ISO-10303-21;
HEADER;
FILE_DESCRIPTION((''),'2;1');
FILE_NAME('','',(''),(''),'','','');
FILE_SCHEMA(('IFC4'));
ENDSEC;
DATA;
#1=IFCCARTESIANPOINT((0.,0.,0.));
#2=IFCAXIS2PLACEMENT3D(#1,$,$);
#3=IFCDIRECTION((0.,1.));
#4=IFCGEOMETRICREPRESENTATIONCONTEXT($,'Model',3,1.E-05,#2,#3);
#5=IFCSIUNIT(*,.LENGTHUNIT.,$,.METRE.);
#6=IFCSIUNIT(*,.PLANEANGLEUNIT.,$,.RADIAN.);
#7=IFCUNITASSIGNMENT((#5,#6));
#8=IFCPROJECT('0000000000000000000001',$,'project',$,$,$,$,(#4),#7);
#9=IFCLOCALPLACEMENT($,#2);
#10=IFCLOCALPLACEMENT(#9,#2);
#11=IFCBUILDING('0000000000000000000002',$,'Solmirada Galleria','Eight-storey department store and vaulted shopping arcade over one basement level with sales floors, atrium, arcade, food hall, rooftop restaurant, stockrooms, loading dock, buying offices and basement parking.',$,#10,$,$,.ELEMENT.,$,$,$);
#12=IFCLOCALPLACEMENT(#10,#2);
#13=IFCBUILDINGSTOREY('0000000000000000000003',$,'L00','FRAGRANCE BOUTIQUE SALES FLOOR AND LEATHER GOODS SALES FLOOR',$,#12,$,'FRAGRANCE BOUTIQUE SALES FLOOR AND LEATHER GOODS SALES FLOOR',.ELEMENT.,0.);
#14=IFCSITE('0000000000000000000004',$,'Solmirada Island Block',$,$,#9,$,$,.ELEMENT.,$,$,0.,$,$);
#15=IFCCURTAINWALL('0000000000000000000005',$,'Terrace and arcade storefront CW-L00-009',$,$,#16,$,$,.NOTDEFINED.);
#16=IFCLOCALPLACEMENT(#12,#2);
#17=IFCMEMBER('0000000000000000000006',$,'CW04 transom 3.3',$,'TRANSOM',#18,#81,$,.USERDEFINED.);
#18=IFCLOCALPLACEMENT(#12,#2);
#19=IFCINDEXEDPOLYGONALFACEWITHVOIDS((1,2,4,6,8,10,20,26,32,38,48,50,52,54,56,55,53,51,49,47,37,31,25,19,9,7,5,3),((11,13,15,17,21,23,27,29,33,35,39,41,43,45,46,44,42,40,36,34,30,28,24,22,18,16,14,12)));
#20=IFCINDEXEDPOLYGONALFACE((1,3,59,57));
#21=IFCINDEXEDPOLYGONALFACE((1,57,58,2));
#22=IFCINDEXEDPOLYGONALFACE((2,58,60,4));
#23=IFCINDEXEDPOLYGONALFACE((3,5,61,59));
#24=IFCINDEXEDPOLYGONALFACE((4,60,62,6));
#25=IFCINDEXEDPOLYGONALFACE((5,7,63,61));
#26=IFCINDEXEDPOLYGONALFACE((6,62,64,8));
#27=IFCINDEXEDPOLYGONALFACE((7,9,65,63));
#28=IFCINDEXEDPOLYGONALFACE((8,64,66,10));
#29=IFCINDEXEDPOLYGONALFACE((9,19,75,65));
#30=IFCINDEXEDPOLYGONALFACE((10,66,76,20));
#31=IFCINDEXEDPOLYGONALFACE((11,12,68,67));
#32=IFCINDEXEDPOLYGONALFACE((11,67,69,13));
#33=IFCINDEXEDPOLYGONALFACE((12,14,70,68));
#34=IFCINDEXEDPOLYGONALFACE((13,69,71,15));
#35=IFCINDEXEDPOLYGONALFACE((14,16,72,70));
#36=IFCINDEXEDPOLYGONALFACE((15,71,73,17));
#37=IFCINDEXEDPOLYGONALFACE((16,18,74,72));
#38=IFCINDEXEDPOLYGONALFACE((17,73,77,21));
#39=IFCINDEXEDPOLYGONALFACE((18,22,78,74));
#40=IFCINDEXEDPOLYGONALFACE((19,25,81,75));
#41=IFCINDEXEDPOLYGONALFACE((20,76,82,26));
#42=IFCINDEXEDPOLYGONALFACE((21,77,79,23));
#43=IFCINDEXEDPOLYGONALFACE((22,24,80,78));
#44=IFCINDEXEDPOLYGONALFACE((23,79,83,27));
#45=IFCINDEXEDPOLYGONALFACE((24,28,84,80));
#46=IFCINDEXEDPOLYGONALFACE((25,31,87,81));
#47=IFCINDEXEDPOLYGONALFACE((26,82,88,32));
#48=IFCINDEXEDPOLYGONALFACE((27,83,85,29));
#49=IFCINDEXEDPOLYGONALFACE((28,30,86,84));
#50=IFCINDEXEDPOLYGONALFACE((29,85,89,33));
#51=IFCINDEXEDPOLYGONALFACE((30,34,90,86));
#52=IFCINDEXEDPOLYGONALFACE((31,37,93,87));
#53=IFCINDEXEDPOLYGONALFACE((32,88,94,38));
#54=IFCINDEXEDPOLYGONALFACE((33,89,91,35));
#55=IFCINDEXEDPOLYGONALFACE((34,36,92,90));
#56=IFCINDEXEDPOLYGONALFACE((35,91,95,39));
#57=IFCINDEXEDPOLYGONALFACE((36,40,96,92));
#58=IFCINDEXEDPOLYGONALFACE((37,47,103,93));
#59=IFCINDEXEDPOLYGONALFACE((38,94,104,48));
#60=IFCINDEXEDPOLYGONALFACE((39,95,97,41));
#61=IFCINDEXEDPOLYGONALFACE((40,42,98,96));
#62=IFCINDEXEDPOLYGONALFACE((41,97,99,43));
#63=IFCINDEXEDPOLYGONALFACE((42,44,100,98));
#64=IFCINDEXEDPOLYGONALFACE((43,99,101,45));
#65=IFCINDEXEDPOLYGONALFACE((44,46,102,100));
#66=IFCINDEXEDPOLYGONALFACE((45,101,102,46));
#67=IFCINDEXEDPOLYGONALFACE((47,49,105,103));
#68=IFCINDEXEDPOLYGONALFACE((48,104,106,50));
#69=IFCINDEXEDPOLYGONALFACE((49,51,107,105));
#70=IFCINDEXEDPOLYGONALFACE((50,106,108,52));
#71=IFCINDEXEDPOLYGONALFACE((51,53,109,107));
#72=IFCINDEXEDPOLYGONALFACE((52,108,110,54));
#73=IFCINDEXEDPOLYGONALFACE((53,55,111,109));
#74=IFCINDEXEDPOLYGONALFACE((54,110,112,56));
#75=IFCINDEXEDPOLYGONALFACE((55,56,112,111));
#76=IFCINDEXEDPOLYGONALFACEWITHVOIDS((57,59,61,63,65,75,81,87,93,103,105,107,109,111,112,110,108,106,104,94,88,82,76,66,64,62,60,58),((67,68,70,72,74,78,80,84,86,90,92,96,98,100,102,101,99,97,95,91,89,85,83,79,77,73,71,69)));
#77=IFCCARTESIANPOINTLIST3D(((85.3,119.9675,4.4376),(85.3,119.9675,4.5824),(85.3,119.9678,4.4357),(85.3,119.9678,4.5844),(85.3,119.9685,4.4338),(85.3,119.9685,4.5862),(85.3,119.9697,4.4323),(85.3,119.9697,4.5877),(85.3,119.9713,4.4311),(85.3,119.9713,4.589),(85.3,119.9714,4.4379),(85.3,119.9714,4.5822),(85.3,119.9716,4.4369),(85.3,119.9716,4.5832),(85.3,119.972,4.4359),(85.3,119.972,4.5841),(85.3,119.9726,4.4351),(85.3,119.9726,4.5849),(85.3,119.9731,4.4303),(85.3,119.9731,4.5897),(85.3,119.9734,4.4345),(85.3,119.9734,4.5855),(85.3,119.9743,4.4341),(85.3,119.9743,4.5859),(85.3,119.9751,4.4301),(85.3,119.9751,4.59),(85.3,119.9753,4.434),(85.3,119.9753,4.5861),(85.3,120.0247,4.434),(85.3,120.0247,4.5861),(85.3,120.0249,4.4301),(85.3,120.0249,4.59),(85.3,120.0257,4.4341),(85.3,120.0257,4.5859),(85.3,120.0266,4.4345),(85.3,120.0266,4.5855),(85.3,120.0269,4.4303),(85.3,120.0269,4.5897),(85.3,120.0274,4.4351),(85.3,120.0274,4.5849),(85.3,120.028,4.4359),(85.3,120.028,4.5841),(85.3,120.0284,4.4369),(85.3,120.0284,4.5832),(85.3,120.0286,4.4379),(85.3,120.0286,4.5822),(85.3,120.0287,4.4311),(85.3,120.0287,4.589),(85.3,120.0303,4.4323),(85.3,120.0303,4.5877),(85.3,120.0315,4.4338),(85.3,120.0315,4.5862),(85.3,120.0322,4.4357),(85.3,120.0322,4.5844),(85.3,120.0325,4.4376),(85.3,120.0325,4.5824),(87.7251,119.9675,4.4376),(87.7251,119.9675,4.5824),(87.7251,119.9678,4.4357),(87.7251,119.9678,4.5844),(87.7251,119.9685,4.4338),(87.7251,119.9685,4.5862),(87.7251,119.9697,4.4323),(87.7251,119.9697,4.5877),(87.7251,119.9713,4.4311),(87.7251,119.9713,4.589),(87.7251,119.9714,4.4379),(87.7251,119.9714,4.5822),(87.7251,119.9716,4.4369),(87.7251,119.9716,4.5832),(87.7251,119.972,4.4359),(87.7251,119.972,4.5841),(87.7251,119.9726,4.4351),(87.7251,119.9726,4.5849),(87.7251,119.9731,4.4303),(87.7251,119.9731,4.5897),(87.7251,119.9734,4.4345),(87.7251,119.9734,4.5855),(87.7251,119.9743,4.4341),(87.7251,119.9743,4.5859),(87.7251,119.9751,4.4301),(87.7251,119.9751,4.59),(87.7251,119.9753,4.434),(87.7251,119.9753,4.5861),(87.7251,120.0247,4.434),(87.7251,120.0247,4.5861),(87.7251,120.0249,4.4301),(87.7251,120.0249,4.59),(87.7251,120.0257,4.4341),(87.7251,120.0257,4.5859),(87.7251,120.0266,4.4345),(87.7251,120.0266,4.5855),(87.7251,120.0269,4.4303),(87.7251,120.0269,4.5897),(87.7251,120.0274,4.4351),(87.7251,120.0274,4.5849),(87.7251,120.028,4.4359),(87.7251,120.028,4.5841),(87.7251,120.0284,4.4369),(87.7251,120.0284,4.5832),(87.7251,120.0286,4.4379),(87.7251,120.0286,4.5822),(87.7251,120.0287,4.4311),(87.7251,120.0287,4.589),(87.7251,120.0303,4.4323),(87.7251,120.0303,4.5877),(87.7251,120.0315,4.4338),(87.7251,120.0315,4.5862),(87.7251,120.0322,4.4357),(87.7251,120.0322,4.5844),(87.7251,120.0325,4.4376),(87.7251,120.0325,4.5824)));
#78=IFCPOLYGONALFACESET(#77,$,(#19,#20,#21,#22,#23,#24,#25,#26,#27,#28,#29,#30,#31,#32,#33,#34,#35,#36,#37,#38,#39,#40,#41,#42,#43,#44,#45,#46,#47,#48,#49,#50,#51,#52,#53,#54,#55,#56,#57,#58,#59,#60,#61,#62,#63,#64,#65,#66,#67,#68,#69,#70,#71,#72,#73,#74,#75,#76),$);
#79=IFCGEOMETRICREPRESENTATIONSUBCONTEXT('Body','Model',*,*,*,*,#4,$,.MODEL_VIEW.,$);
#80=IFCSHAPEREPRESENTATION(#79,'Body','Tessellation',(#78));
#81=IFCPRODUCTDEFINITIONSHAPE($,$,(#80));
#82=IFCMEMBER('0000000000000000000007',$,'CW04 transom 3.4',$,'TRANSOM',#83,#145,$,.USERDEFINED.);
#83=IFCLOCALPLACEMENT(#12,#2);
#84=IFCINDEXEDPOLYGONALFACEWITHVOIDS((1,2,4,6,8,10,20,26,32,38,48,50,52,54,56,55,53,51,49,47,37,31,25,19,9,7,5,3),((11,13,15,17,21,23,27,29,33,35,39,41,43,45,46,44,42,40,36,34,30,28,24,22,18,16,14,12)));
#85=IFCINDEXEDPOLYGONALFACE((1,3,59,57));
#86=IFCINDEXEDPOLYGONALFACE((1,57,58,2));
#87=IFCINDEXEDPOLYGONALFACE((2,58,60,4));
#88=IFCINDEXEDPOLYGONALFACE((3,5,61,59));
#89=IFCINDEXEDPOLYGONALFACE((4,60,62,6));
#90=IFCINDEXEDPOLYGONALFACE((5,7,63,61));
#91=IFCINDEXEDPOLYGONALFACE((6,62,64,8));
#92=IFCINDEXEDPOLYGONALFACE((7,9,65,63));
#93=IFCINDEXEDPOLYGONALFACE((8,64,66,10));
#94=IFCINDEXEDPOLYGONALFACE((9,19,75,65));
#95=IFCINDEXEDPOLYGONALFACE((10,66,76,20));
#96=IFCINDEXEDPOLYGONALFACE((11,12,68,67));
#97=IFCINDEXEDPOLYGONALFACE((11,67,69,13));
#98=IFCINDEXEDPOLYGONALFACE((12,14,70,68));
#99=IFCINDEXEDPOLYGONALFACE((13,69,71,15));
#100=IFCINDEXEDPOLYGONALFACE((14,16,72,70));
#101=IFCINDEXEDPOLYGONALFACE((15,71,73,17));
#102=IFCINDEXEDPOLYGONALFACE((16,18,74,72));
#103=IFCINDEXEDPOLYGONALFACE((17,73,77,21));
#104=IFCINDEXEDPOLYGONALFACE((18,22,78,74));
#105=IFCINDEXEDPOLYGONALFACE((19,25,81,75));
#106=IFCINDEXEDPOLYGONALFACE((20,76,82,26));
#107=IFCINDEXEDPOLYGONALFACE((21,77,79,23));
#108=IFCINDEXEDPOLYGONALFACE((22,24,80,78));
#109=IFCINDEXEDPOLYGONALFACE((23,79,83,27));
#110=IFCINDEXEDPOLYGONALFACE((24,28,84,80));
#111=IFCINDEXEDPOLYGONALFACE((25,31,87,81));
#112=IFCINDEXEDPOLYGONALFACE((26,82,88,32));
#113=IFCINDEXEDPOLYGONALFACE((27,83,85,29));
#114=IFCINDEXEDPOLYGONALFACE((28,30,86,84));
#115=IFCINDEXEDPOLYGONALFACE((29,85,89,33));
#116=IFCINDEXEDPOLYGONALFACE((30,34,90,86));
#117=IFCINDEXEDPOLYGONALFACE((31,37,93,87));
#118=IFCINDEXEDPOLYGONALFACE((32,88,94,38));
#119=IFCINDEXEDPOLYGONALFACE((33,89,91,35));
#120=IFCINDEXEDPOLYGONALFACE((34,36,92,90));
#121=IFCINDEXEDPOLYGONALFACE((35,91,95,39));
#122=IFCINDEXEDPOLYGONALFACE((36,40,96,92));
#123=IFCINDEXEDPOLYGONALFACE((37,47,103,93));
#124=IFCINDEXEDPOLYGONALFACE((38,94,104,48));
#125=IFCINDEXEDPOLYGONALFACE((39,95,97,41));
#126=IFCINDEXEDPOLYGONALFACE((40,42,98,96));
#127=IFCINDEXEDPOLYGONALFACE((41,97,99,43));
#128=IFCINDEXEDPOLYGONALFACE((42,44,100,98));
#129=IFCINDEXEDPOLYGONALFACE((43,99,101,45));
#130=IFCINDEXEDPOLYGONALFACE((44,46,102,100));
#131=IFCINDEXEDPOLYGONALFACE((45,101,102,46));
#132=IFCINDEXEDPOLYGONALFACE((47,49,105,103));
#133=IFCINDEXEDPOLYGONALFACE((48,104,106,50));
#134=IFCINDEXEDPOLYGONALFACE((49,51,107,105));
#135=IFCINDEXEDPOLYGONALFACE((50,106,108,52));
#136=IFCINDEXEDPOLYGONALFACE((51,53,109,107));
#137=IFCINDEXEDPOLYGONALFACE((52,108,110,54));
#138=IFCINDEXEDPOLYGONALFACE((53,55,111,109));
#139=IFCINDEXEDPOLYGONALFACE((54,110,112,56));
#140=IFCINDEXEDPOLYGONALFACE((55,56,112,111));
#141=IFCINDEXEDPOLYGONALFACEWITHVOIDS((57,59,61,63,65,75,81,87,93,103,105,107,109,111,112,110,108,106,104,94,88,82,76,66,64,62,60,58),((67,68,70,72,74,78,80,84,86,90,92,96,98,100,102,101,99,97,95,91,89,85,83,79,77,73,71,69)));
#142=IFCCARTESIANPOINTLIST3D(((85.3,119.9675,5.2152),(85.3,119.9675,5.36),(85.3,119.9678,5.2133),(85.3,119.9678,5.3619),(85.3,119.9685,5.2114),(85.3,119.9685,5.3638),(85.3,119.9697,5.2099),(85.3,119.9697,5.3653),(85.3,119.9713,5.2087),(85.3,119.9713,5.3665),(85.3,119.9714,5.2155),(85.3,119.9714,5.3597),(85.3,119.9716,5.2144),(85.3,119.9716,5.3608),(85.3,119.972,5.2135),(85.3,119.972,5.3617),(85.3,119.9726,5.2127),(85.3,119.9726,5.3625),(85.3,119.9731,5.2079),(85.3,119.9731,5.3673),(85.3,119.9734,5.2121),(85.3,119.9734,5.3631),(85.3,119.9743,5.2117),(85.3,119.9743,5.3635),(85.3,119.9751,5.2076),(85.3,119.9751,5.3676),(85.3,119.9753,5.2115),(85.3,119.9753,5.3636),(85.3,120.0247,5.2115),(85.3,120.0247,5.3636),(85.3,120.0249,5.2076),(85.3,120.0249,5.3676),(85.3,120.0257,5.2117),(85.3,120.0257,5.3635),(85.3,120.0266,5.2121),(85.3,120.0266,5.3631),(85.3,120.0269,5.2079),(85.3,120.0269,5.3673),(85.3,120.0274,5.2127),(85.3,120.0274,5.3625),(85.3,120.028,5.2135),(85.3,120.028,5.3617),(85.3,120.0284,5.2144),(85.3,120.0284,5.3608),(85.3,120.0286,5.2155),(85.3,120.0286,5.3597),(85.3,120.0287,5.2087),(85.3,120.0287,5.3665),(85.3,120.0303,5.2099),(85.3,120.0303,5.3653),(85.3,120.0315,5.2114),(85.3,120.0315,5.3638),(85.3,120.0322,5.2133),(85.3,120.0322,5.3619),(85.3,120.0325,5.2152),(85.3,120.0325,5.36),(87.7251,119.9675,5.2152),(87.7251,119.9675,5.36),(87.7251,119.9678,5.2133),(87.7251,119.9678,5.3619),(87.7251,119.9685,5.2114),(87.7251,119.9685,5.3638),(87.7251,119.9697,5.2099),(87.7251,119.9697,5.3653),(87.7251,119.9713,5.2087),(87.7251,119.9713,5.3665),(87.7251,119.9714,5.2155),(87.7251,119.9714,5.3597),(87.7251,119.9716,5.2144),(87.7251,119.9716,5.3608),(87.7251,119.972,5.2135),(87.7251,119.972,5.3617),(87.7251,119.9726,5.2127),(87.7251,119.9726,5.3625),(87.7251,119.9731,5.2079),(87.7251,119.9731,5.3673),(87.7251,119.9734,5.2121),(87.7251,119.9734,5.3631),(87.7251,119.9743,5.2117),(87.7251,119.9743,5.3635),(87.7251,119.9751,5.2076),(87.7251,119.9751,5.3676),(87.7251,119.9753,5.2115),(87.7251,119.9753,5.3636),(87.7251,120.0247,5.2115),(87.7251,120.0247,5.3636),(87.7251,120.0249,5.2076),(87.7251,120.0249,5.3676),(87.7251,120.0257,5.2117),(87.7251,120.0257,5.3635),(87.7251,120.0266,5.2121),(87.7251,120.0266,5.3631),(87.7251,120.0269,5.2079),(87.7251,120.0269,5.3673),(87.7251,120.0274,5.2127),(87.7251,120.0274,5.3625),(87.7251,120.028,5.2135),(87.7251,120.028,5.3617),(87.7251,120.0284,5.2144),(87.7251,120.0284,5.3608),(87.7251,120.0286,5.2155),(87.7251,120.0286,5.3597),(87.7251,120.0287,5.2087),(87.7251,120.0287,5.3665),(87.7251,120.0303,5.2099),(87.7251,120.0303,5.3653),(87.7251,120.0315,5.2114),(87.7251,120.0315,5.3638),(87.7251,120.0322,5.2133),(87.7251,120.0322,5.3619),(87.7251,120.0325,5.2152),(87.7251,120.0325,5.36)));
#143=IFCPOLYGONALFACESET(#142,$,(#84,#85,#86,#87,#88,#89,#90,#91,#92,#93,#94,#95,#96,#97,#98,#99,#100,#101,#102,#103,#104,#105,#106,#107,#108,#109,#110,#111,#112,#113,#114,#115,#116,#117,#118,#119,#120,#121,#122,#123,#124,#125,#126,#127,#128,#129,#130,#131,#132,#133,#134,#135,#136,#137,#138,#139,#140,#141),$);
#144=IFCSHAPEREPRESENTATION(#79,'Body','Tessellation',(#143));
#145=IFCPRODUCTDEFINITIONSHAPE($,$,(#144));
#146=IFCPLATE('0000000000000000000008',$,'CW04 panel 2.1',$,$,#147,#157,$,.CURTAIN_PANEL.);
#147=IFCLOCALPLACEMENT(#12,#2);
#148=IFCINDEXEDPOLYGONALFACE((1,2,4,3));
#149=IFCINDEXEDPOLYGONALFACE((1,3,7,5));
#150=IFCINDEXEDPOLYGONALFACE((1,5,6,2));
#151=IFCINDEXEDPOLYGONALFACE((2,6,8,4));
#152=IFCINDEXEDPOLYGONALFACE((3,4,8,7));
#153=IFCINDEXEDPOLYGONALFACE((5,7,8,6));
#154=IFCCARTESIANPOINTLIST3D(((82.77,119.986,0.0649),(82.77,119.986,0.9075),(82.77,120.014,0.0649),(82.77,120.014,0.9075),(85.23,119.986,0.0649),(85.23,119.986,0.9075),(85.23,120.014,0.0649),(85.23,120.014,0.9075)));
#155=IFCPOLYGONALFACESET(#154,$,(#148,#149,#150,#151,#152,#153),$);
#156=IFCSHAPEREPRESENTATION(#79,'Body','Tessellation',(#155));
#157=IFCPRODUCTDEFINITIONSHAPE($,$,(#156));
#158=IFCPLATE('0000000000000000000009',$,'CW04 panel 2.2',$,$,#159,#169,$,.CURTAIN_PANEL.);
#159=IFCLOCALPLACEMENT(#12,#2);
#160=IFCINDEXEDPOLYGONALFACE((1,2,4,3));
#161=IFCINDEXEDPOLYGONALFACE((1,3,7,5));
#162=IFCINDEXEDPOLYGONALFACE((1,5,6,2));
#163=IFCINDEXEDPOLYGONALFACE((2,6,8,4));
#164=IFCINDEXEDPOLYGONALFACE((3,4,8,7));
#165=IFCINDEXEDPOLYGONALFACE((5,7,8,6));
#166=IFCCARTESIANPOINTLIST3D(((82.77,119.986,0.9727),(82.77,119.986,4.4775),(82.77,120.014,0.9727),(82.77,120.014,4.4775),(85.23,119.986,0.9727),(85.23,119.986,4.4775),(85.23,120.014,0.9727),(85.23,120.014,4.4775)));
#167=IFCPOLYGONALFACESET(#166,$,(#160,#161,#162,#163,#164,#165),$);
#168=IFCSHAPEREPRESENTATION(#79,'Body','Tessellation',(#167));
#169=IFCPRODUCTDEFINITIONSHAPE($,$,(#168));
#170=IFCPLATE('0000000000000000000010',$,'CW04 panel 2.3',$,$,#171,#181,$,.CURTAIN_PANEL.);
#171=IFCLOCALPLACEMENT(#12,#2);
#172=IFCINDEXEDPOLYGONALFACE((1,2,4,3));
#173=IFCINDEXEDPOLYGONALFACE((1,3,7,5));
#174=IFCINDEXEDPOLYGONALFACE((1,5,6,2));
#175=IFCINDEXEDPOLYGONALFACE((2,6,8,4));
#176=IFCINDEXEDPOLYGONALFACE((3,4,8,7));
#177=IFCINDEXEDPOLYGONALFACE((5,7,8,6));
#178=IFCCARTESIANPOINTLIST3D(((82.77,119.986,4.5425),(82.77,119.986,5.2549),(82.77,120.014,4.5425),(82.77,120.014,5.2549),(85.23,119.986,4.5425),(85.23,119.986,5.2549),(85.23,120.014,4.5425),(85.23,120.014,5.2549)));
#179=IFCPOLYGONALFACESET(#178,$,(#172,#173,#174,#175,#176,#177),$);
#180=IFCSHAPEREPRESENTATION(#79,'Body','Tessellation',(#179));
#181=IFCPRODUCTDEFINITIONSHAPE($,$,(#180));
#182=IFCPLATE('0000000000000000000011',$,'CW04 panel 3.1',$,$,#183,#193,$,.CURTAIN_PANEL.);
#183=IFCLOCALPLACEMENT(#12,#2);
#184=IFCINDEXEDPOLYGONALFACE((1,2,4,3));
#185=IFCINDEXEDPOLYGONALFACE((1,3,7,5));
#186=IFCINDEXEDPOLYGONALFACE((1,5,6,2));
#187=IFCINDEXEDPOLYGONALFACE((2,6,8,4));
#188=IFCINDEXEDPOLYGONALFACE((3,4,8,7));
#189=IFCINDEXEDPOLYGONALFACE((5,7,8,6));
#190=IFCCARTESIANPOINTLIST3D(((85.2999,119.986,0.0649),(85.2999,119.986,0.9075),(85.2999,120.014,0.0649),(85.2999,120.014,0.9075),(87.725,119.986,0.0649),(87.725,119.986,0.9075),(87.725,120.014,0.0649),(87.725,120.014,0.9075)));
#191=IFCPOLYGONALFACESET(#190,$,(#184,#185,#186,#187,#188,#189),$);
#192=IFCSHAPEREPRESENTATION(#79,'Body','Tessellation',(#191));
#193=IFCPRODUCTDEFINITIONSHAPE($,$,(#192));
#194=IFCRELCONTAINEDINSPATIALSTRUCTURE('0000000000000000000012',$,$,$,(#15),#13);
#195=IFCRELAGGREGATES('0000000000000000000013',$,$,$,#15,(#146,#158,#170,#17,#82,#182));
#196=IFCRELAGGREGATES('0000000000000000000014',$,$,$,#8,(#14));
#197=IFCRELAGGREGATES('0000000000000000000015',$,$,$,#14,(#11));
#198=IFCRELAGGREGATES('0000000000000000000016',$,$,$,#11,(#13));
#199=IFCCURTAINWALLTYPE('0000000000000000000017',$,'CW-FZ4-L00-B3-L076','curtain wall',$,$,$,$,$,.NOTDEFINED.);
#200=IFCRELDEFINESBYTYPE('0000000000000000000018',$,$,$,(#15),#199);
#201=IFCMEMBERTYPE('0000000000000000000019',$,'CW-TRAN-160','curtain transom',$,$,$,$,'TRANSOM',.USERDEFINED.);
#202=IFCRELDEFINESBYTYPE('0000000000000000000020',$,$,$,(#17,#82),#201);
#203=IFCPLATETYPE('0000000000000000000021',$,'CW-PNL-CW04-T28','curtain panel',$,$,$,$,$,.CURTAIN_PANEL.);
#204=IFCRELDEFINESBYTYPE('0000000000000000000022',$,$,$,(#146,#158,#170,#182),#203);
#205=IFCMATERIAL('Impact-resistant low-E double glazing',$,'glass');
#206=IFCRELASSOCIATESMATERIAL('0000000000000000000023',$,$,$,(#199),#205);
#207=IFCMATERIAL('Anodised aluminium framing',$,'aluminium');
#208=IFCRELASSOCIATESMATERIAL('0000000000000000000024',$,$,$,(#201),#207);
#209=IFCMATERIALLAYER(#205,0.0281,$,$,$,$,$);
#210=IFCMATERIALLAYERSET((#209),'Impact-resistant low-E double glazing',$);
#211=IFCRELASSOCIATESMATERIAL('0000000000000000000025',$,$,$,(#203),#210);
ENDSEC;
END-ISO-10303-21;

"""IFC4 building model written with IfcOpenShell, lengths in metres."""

from ifc_helpers import new_model, si_unit, direction, frame, origin, origin_2d, place, context, subcontext, project, spatial, rectangle, hollow_rectangle, extrude, material, layer, layer_set, material_profile, profile_set, type_object, element, aggregate, save


model = new_model("IFC4")

# Units and contexts
model_context = context("Model", 3, precision=1e-05, world=origin(), true_north=direction((0.0, 1.0)))
body_context = subcontext(model_context, "Body", "Model", "MODEL_VIEW")
ifc_project = project(units=[si_unit("LENGTHUNIT", "METRE"), si_unit("PLANEANGLEUNIT", "RADIAN")], contexts=[model_context])

# Site, building, storey
site_placement = place(None, origin())
site = spatial("IfcSite", under=ifc_project, at=site_placement, Name="Solmirada Island Block", CompositionType="ELEMENT", RefElevation=0.0)
building_placement = place(site_placement, origin())
building = spatial("IfcBuilding", under=site, at=building_placement, Name="Solmirada Galleria", Description="Eight-storey department store and vaulted shopping arcade over one basement level with sales floors, atrium, arcade, food hall, rooftop restaurant, stockrooms, loading dock, buying offices and basement parking.", CompositionType="ELEMENT")
storey_placement = place(building_placement, origin())
storey = spatial("IfcBuildingStorey", under=building, at=storey_placement, Name="L00", Description="FRAGRANCE BOUTIQUE SALES FLOOR AND LEATHER GOODS SALES FLOOR", LongName="FRAGRANCE BOUTIQUE SALES FLOOR AND LEATHER GOODS SALES FLOOR", CompositionType="ELEMENT", Elevation=0.0)

# Curtain wall, members, plates
ifc_material_1 = material(Name="Impact-resistant low-E double glazing", Category="glass")
curtain_wall_type = type_object("IfcCurtainWallType", Name="CW-FZ4-L00-B3-L076", Description="curtain wall", PredefinedType="NOTDEFINED", material=ifc_material_1)
curtain_wall_placement = place(storey_placement, origin())
curtain_wall = element("IfcCurtainWall", 1, at=curtain_wall_placement, inside=storey, type_object=curtain_wall_type, Name="Terrace and arcade storefront CW-L00-009", PredefinedType="NOTDEFINED")
ifc_material_2 = material(Name="Anodised aluminium framing", Category="aluminium")
ifc_material_profile_1 = material_profile(ifc_material_2, hollow_rectangle(XDim=0.0649, YDim=0.1599, WallThickness=0.0039, InnerFilletRadius=0.0039, OuterFilletRadius=0.0076, at=origin_2d()), Name="ALU-TRAN-160X65")
ifc_profile_set_1 = profile_set([ifc_material_profile_1], Name="Anodised aluminium framing")
member_type_1 = type_object("IfcMemberType", Name="CW-TRAN-160", Description="curtain transom", ElementType="TRANSOM", PredefinedType="USERDEFINED", material=ifc_profile_set_1)
member_1_placement = place(storey_placement, frame((85.3, 120.0, 4.51), z_axis=(1.0, 0.0, 0.0), x_axis=(0.0, 1.0, 0.0)))
member_1 = element("IfcMember", 2, at=member_1_placement, type_object=member_type_1, Name="CW04 transom 3.3", ObjectType="TRANSOM", PredefinedType="USERDEFINED", context=body_context, shape_type="SweptSolid", body=[
    extrude(hollow_rectangle(XDim=0.0649, YDim=0.1599, WallThickness=0.0039, InnerFilletRadius=0.0039, OuterFilletRadius=0.0076, at=origin_2d()), origin(), (0.0, 0.0, 1.0), 2.425),
])
member_2_placement = place(storey_placement, frame((85.3, 120.0, 5.2876), z_axis=(1.0, 0.0, 0.0), x_axis=(0.0, 1.0, 0.0)))
member_2 = element("IfcMember", 3, at=member_2_placement, type_object=member_type_1, Name="CW04 transom 3.4", ObjectType="TRANSOM", PredefinedType="USERDEFINED", context=body_context, shape_type="SweptSolid", body=[
    extrude(hollow_rectangle(XDim=0.0649, YDim=0.1599, WallThickness=0.0039, InnerFilletRadius=0.0039, OuterFilletRadius=0.0076, at=origin_2d()), origin(), (0.0, 0.0, 1.0), 2.425),
])
ifc_layer_1 = layer(ifc_material_1, 0.0281)
ifc_layer_set_1 = layer_set([ifc_layer_1], Name="Impact-resistant low-E double glazing")
plate_type = type_object("IfcPlateType", Name="CW-PNL-CW04-T28", Description="curtain panel", PredefinedType="CURTAIN_PANEL", material=ifc_layer_set_1)
plate_1_placement = place(storey_placement, frame((84.0, 120.0, 0.0649), z_axis=(0.0, 0.0, 1.0), x_axis=(1.0, 0.0, 0.0)))
plate_1 = element("IfcPlate", 4, at=plate_1_placement, type_object=plate_type, Name="CW04 panel 2.1", PredefinedType="CURTAIN_PANEL", context=body_context, shape_type="SweptSolid", body=[
    extrude(rectangle(XDim=2.46, YDim=0.0281, at=origin_2d()), origin(), (0.0, 0.0, 1.0), 0.8425),
])
plate_2_placement = place(storey_placement, frame((84.0, 120.0, 0.9727), z_axis=(0.0, 0.0, 1.0), x_axis=(1.0, 0.0, 0.0)))
plate_2 = element("IfcPlate", 5, at=plate_2_placement, type_object=plate_type, Name="CW04 panel 2.2", PredefinedType="CURTAIN_PANEL", context=body_context, shape_type="SweptSolid", body=[
    extrude(rectangle(XDim=2.46, YDim=0.0281, at=origin_2d()), origin(), (0.0, 0.0, 1.0), 3.5049),
])
plate_3_placement = place(storey_placement, frame((84.0, 120.0, 4.5425), z_axis=(0.0, 0.0, 1.0), x_axis=(1.0, 0.0, 0.0)))
plate_3 = element("IfcPlate", 6, at=plate_3_placement, type_object=plate_type, Name="CW04 panel 2.3", PredefinedType="CURTAIN_PANEL", context=body_context, shape_type="SweptSolid", body=[
    extrude(rectangle(XDim=2.46, YDim=0.0281, at=origin_2d()), origin(), (0.0, 0.0, 1.0), 0.7124),
])
plate_4_placement = place(storey_placement, frame((86.5125, 120.0, 0.0649), z_axis=(0.0, 0.0, 1.0), x_axis=(1.0, 0.0, 0.0)))
plate_4 = element("IfcPlate", 7, at=plate_4_placement, type_object=plate_type, Name="CW04 panel 3.1", PredefinedType="CURTAIN_PANEL", context=body_context, shape_type="SweptSolid", body=[
    extrude(rectangle(XDim=2.425, YDim=0.0281, at=origin_2d()), origin(), (0.0, 0.0, 1.0), 0.8425),
])
aggregate(curtain_wall, [plate_1, plate_2, plate_3, member_1, member_2, plate_4])

save(model, "model.ifc")
